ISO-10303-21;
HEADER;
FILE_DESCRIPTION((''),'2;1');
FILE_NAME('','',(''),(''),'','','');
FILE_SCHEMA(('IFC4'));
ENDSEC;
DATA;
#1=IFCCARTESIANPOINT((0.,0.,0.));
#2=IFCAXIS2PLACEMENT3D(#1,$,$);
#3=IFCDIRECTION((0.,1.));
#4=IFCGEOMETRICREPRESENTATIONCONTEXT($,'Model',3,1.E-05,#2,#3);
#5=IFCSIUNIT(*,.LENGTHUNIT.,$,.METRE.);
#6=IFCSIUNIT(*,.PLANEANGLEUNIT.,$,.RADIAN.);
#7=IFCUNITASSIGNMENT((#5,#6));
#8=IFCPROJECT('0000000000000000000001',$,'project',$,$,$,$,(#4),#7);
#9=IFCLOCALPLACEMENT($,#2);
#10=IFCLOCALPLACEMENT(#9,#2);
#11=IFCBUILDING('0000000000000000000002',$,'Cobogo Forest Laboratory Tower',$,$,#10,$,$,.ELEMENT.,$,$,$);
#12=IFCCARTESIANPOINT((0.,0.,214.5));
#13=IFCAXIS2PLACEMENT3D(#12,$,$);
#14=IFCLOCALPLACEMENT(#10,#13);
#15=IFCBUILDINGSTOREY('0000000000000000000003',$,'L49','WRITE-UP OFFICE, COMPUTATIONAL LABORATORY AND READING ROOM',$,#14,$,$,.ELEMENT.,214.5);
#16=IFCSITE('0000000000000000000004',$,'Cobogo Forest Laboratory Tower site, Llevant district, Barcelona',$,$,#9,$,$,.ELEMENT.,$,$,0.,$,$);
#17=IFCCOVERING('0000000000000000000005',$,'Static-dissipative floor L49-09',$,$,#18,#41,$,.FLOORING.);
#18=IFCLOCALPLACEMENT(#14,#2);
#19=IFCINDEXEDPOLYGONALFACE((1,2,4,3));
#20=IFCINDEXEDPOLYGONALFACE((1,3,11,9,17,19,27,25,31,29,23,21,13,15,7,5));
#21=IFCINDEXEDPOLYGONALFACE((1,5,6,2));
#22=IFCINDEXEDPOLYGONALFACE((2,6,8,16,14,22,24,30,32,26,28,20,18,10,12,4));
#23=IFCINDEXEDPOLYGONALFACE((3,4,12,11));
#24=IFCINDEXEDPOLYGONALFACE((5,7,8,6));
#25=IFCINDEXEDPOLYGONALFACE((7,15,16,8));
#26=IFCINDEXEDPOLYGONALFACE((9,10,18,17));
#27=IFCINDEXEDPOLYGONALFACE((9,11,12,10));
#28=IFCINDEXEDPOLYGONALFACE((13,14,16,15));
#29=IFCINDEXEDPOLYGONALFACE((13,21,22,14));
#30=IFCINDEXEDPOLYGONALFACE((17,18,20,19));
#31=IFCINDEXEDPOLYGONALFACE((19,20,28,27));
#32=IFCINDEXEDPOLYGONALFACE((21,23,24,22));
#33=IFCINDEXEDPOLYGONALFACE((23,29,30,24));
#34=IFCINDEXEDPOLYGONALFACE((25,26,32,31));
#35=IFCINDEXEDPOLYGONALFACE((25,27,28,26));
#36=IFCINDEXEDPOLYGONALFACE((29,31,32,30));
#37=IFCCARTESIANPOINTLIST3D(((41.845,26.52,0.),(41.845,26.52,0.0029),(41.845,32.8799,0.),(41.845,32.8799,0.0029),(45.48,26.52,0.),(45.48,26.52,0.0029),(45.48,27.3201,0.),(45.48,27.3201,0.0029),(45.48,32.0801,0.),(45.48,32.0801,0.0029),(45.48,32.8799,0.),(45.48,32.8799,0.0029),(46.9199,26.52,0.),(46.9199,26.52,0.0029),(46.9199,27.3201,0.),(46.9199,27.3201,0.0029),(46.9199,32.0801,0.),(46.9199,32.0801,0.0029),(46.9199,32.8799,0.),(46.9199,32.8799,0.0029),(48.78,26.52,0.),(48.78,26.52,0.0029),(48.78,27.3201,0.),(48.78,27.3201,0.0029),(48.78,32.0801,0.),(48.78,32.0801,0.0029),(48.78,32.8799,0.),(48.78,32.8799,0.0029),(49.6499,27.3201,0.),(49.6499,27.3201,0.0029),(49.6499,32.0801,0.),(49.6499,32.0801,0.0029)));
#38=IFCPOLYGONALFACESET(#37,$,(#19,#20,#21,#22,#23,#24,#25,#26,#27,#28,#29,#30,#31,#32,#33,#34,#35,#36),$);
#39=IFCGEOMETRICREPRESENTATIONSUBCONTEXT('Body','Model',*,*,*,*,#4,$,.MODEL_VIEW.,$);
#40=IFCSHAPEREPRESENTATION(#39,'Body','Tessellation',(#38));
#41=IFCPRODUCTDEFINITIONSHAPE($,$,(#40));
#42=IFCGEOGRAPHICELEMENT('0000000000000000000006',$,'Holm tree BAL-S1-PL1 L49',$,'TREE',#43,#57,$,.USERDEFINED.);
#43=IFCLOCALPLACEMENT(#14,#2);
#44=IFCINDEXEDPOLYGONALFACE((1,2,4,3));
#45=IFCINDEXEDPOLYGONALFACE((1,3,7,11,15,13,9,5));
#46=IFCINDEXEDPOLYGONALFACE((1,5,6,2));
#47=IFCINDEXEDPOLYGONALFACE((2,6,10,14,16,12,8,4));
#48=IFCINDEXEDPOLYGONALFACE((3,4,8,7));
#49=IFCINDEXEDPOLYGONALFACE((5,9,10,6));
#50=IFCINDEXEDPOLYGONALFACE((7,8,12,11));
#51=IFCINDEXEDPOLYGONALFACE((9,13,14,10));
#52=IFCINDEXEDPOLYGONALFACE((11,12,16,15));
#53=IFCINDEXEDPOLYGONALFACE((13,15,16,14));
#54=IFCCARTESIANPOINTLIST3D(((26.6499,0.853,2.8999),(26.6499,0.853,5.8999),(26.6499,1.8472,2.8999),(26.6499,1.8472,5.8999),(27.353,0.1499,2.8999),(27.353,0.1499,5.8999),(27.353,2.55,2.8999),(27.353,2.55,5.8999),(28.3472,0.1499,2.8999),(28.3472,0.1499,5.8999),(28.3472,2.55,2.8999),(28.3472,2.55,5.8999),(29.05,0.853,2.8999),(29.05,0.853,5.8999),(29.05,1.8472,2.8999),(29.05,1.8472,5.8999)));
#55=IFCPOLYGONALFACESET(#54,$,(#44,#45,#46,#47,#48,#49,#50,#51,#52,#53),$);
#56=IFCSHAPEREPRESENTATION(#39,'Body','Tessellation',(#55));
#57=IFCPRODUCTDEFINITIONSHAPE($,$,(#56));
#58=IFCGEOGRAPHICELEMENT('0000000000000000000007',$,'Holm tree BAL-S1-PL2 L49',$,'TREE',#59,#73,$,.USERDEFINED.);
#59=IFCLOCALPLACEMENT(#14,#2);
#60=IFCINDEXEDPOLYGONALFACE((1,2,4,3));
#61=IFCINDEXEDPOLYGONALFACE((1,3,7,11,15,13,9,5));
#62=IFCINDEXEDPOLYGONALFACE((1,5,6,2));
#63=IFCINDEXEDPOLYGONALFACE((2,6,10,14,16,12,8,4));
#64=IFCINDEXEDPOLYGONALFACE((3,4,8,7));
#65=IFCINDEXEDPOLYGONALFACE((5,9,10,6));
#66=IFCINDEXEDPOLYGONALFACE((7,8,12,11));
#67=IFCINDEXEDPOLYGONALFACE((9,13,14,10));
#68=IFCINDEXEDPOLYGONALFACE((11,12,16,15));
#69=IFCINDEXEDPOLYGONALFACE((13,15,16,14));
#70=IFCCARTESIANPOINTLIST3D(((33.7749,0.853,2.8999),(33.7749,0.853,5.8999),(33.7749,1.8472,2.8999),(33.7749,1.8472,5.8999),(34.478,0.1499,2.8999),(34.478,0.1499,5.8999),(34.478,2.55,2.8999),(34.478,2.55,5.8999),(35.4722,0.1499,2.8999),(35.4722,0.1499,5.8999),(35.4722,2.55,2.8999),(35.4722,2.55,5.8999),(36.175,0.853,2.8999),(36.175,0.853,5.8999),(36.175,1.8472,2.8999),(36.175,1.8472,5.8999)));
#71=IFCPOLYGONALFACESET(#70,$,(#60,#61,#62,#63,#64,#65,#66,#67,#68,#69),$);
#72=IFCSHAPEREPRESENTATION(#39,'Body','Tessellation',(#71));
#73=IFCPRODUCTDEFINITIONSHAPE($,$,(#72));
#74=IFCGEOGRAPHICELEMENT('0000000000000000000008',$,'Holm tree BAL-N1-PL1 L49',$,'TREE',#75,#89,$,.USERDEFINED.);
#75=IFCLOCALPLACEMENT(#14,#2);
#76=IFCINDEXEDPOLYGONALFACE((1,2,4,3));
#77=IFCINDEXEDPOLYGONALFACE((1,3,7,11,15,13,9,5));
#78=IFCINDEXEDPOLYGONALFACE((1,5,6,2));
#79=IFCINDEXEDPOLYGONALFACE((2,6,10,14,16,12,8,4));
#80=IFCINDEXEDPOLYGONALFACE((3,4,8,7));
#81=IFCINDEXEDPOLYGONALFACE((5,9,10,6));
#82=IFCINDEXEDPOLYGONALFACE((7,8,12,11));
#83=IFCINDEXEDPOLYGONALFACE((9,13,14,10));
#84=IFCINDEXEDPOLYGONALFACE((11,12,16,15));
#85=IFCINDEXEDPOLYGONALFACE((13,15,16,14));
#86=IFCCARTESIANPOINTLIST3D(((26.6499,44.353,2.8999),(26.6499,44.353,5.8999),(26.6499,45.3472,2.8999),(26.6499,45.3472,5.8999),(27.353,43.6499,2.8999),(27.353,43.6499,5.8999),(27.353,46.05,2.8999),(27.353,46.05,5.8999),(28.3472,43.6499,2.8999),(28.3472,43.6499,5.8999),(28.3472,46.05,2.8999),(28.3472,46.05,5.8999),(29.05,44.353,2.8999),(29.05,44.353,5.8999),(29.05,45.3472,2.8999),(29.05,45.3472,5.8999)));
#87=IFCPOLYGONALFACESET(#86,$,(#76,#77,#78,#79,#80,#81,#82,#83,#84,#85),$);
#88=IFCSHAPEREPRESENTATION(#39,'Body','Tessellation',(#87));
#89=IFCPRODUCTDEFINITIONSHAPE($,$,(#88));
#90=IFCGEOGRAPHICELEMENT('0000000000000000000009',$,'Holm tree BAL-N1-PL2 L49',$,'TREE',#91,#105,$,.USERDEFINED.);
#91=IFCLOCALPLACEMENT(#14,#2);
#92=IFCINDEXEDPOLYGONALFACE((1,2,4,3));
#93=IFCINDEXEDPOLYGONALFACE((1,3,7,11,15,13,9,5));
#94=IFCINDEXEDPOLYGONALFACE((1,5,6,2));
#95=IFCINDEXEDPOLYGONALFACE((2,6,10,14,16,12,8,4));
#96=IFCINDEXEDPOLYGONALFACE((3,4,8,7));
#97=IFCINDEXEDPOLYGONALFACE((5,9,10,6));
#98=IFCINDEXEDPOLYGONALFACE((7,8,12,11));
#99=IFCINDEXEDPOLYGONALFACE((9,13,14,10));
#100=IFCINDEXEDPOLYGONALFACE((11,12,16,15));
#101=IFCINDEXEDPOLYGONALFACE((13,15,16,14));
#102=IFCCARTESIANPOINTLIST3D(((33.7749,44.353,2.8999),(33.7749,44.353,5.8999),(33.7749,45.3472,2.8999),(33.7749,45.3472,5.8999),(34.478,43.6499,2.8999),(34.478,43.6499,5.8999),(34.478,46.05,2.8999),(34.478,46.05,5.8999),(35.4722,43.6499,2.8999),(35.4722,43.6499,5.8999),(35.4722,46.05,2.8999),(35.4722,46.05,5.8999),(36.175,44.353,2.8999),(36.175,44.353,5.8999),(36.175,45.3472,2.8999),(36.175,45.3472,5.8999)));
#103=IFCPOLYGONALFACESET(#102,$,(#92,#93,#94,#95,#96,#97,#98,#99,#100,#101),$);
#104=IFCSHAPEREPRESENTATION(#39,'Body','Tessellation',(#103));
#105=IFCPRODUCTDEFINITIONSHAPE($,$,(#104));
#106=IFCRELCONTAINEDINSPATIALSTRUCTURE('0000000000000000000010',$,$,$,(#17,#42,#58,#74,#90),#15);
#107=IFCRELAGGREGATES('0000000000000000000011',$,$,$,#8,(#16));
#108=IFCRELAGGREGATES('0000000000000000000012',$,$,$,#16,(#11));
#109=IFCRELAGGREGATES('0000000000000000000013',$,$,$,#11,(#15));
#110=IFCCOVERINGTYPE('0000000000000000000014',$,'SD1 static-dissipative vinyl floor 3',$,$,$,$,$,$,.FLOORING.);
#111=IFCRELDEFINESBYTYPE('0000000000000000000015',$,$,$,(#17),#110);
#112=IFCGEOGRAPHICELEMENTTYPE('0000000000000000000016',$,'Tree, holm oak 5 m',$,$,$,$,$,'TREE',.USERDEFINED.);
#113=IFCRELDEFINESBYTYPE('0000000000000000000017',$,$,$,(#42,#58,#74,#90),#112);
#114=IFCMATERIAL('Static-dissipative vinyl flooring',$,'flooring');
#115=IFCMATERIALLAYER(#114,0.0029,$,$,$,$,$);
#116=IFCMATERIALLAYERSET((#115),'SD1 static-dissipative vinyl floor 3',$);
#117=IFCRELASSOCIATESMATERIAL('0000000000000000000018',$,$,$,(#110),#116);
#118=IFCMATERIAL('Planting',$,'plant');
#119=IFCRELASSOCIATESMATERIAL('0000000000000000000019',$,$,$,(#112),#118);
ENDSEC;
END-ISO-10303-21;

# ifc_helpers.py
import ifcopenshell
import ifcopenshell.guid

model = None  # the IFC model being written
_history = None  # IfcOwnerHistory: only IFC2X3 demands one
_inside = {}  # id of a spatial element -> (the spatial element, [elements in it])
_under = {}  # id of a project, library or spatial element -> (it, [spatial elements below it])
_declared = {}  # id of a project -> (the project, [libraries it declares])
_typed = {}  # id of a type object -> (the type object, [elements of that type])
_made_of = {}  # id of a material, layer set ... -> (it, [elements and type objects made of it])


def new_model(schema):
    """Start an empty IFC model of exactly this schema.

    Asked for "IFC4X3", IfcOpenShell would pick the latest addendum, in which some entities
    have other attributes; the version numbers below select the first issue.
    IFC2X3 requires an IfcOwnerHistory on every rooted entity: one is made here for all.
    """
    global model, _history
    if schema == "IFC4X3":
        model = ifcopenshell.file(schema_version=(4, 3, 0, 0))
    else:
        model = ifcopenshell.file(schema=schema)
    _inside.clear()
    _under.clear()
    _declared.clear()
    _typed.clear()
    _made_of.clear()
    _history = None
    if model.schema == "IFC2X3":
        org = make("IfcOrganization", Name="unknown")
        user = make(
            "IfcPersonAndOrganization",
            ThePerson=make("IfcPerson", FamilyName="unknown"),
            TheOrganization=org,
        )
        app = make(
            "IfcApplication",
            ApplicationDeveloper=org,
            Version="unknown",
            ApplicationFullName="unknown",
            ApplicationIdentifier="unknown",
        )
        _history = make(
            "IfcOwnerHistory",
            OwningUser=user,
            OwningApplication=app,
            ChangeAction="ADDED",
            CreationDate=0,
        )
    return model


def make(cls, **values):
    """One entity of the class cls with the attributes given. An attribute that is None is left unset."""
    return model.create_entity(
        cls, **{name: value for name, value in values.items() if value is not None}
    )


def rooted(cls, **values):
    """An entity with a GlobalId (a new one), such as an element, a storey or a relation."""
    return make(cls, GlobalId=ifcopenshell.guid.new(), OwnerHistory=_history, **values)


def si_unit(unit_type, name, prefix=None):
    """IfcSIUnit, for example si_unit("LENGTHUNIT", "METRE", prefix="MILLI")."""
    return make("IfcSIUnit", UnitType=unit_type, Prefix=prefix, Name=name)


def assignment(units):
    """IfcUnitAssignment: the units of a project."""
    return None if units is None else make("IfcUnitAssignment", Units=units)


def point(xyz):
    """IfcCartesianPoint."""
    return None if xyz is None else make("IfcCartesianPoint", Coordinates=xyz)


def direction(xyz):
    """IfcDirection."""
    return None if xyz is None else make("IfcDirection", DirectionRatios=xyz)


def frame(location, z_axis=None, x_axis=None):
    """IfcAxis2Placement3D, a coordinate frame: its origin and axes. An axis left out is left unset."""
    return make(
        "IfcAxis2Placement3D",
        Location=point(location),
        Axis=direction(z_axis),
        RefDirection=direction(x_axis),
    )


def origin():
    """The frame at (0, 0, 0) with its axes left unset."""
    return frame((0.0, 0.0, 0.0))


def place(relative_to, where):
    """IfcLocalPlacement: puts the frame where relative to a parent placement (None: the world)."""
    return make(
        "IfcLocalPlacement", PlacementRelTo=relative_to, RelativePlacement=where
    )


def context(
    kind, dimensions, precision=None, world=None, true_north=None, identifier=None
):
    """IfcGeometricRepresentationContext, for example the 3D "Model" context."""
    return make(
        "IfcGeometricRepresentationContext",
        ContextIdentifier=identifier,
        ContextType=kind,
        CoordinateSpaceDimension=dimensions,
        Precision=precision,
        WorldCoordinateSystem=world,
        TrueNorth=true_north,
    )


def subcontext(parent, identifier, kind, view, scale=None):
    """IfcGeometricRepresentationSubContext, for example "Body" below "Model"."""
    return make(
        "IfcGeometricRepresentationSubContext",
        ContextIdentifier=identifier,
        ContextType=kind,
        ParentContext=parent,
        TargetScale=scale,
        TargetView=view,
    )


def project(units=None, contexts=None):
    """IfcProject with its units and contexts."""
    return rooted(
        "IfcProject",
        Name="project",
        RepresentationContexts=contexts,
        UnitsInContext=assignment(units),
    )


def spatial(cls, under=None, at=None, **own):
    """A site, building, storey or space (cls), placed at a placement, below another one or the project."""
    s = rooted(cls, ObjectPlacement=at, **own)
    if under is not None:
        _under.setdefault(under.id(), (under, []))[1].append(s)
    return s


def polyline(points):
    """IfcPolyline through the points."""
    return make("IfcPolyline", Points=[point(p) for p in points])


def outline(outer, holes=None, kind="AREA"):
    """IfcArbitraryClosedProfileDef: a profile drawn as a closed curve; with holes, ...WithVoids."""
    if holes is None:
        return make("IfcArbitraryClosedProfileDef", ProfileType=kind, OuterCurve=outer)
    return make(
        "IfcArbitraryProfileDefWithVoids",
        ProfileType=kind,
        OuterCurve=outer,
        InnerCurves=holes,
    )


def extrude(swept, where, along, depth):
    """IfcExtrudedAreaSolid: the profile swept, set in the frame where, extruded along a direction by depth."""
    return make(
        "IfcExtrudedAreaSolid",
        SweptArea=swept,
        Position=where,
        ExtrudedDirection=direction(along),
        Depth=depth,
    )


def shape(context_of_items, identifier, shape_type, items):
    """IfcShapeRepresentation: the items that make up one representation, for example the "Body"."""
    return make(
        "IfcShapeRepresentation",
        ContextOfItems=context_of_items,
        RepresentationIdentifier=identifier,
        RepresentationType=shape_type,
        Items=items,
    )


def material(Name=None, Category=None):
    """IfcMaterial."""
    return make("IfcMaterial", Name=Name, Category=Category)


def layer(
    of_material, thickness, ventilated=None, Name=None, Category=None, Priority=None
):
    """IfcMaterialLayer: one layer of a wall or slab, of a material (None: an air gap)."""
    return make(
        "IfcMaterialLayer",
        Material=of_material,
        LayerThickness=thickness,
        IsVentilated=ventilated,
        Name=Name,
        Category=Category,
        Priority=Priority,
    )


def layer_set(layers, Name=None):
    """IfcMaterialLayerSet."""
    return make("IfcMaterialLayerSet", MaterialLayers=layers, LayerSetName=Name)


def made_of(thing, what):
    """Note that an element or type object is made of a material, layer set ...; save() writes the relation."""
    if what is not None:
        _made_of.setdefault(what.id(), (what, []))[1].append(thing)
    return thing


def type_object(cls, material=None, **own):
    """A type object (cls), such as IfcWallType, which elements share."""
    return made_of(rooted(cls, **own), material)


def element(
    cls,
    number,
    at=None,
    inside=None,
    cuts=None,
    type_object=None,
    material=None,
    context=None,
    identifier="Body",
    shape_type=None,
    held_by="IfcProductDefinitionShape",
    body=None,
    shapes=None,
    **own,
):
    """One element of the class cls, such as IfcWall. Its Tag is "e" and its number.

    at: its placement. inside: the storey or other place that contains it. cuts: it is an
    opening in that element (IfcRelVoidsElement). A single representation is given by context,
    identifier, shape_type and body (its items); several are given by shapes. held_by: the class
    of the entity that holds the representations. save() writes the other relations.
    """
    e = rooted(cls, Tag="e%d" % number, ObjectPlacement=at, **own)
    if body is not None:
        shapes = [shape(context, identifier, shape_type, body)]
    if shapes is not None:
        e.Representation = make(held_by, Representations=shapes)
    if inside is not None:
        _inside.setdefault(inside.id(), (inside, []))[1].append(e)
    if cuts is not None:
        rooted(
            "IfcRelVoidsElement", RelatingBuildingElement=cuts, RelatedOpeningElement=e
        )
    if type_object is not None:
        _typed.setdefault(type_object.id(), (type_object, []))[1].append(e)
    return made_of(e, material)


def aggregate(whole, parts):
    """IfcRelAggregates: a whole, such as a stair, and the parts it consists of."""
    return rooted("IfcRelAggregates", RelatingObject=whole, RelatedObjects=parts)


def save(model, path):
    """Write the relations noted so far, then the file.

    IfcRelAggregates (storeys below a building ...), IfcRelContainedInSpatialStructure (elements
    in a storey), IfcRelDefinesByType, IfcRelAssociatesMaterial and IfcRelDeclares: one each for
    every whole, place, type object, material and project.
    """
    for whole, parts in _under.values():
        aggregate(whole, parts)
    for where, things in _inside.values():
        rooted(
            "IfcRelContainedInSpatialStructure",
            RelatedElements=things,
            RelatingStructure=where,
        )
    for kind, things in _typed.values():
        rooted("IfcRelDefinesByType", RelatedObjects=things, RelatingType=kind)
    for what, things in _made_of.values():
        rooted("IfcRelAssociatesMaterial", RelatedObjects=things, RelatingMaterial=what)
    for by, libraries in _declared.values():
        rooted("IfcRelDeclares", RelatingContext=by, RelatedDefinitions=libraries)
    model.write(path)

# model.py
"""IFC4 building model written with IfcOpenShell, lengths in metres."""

from ifc_helpers import new_model, si_unit, direction, frame, origin, place, context, subcontext, project, spatial, polyline, outline, extrude, material, layer, layer_set, type_object, element, save


model = new_model("IFC4")

# Units and contexts
model_context = context("Model", 3, precision=1e-05, world=origin(), true_north=direction((0.0, 1.0)))
body_context = subcontext(model_context, "Body", "Model", "MODEL_VIEW")
ifc_project = project(units=[si_unit("LENGTHUNIT", "METRE"), si_unit("PLANEANGLEUNIT", "RADIAN")], contexts=[model_context])

# Site, building, storey
site_placement = place(None, origin())
site = spatial("IfcSite", under=ifc_project, at=site_placement, Name="Cobogo Forest Laboratory Tower site, Llevant district, Barcelona", CompositionType="ELEMENT", RefElevation=0.0)
building_placement = place(site_placement, origin())
building = spatial("IfcBuilding", under=site, at=building_placement, Name="Cobogo Forest Laboratory Tower", CompositionType="ELEMENT")
storey_placement = place(building_placement, frame((0.0, 0.0, 214.5)))
storey = spatial("IfcBuildingStorey", under=building, at=storey_placement, Name="L49", Description="WRITE-UP OFFICE, COMPUTATIONAL LABORATORY AND READING ROOM", CompositionType="ELEMENT", Elevation=214.5)

# Covering
ifc_material_1 = material(Name="Static-dissipative vinyl flooring", Category="flooring")
ifc_layer_1 = layer(ifc_material_1, 0.0029)
ifc_layer_set_1 = layer_set([ifc_layer_1], Name="SD1 static-dissipative vinyl floor 3")
covering_type_1 = type_object("IfcCoveringType", Name="SD1 static-dissipative vinyl floor 3", PredefinedType="FLOORING", material=ifc_layer_set_1)
covering_1_placement = place(storey_placement, origin())
element("IfcCovering", 1, at=covering_1_placement, inside=storey, type_object=covering_type_1, Name="Static-dissipative floor L49-09", PredefinedType="FLOORING", context=body_context, shape_type="SweptSolid", body=[
    extrude(outline(polyline([(41.845, 32.8799), (45.48, 32.8799), (45.48, 32.0801), (46.9199, 32.0801), (46.9199, 32.8799), (48.78, 32.8799), (48.78, 32.0801), (49.6499, 32.0801), (49.6499, 27.3201), (48.78, 27.3201), (48.78, 26.52), (46.9199, 26.52), (46.9199, 27.3201), (45.48, 27.3201), (45.48, 26.52), (41.845, 26.52), (41.845, 32.8799)])), origin(), (0.0, 0.0, 1.0), 0.0029),
])

# Geographic elements
ifc_material_2 = material(Name="Planting", Category="plant")
geographic_element_type = type_object("IfcGeographicElementType", Name="Tree, holm oak 5 m", ElementType="TREE", PredefinedType="USERDEFINED", material=ifc_material_2)
geographic_element_1_placement = place(storey_placement, frame((0.0, 0.0, 2.8999)))
element("IfcGeographicElement", 2, at=geographic_element_1_placement, inside=storey, type_object=geographic_element_type, Name="Holm tree BAL-S1-PL1 L49", ObjectType="TREE", PredefinedType="USERDEFINED", context=body_context, shape_type="SweptSolid", body=[
    extrude(outline(polyline([(29.05, 0.853), (29.05, 1.8472), (28.3472, 2.55), (27.353, 2.55), (26.6499, 1.8472), (26.6499, 0.853), (27.353, 0.1499), (28.3472, 0.1499), (29.05, 0.853)])), origin(), (0.0, 0.0, 1.0), 3.0),
])
geographic_element_2_placement = place(storey_placement, frame((0.0, 0.0, 2.8999)))
element("IfcGeographicElement", 3, at=geographic_element_2_placement, inside=storey, type_object=geographic_element_type, Name="Holm tree BAL-S1-PL2 L49", ObjectType="TREE", PredefinedType="USERDEFINED", context=body_context, shape_type="SweptSolid", body=[
    extrude(outline(polyline([(36.175, 0.853), (36.175, 1.8472), (35.4722, 2.55), (34.478, 2.55), (33.7749, 1.8472), (33.7749, 0.853), (34.478, 0.1499), (35.4722, 0.1499), (36.175, 0.853)])), origin(), (0.0, 0.0, 1.0), 3.0),
])
geographic_element_3_placement = place(storey_placement, frame((0.0, 0.0, 2.8999)))
element("IfcGeographicElement", 4, at=geographic_element_3_placement, inside=storey, type_object=geographic_element_type, Name="Holm tree BAL-N1-PL1 L49", ObjectType="TREE", PredefinedType="USERDEFINED", context=body_context, shape_type="SweptSolid", body=[
    extrude(outline(polyline([(29.05, 44.353), (29.05, 45.3472), (28.3472, 46.05), (27.353, 46.05), (26.6499, 45.3472), (26.6499, 44.353), (27.353, 43.6499), (28.3472, 43.6499), (29.05, 44.353)])), origin(), (0.0, 0.0, 1.0), 3.0),
])
geographic_element_4_placement = place(storey_placement, frame((0.0, 0.0, 2.8999)))
element("IfcGeographicElement", 5, at=geographic_element_4_placement, inside=storey, type_object=geographic_element_type, Name="Holm tree BAL-N1-PL2 L49", ObjectType="TREE", PredefinedType="USERDEFINED", context=body_context, shape_type="SweptSolid", body=[
    extrude(outline(polyline([(36.175, 44.353), (36.175, 45.3472), (35.4722, 46.05), (34.478, 46.05), (33.7749, 45.3472), (33.7749, 44.353), (34.478, 43.6499), (35.4722, 43.6499), (36.175, 44.353)])), origin(), (0.0, 0.0, 1.0), 3.0),
])

save(model, "model.ifc")
